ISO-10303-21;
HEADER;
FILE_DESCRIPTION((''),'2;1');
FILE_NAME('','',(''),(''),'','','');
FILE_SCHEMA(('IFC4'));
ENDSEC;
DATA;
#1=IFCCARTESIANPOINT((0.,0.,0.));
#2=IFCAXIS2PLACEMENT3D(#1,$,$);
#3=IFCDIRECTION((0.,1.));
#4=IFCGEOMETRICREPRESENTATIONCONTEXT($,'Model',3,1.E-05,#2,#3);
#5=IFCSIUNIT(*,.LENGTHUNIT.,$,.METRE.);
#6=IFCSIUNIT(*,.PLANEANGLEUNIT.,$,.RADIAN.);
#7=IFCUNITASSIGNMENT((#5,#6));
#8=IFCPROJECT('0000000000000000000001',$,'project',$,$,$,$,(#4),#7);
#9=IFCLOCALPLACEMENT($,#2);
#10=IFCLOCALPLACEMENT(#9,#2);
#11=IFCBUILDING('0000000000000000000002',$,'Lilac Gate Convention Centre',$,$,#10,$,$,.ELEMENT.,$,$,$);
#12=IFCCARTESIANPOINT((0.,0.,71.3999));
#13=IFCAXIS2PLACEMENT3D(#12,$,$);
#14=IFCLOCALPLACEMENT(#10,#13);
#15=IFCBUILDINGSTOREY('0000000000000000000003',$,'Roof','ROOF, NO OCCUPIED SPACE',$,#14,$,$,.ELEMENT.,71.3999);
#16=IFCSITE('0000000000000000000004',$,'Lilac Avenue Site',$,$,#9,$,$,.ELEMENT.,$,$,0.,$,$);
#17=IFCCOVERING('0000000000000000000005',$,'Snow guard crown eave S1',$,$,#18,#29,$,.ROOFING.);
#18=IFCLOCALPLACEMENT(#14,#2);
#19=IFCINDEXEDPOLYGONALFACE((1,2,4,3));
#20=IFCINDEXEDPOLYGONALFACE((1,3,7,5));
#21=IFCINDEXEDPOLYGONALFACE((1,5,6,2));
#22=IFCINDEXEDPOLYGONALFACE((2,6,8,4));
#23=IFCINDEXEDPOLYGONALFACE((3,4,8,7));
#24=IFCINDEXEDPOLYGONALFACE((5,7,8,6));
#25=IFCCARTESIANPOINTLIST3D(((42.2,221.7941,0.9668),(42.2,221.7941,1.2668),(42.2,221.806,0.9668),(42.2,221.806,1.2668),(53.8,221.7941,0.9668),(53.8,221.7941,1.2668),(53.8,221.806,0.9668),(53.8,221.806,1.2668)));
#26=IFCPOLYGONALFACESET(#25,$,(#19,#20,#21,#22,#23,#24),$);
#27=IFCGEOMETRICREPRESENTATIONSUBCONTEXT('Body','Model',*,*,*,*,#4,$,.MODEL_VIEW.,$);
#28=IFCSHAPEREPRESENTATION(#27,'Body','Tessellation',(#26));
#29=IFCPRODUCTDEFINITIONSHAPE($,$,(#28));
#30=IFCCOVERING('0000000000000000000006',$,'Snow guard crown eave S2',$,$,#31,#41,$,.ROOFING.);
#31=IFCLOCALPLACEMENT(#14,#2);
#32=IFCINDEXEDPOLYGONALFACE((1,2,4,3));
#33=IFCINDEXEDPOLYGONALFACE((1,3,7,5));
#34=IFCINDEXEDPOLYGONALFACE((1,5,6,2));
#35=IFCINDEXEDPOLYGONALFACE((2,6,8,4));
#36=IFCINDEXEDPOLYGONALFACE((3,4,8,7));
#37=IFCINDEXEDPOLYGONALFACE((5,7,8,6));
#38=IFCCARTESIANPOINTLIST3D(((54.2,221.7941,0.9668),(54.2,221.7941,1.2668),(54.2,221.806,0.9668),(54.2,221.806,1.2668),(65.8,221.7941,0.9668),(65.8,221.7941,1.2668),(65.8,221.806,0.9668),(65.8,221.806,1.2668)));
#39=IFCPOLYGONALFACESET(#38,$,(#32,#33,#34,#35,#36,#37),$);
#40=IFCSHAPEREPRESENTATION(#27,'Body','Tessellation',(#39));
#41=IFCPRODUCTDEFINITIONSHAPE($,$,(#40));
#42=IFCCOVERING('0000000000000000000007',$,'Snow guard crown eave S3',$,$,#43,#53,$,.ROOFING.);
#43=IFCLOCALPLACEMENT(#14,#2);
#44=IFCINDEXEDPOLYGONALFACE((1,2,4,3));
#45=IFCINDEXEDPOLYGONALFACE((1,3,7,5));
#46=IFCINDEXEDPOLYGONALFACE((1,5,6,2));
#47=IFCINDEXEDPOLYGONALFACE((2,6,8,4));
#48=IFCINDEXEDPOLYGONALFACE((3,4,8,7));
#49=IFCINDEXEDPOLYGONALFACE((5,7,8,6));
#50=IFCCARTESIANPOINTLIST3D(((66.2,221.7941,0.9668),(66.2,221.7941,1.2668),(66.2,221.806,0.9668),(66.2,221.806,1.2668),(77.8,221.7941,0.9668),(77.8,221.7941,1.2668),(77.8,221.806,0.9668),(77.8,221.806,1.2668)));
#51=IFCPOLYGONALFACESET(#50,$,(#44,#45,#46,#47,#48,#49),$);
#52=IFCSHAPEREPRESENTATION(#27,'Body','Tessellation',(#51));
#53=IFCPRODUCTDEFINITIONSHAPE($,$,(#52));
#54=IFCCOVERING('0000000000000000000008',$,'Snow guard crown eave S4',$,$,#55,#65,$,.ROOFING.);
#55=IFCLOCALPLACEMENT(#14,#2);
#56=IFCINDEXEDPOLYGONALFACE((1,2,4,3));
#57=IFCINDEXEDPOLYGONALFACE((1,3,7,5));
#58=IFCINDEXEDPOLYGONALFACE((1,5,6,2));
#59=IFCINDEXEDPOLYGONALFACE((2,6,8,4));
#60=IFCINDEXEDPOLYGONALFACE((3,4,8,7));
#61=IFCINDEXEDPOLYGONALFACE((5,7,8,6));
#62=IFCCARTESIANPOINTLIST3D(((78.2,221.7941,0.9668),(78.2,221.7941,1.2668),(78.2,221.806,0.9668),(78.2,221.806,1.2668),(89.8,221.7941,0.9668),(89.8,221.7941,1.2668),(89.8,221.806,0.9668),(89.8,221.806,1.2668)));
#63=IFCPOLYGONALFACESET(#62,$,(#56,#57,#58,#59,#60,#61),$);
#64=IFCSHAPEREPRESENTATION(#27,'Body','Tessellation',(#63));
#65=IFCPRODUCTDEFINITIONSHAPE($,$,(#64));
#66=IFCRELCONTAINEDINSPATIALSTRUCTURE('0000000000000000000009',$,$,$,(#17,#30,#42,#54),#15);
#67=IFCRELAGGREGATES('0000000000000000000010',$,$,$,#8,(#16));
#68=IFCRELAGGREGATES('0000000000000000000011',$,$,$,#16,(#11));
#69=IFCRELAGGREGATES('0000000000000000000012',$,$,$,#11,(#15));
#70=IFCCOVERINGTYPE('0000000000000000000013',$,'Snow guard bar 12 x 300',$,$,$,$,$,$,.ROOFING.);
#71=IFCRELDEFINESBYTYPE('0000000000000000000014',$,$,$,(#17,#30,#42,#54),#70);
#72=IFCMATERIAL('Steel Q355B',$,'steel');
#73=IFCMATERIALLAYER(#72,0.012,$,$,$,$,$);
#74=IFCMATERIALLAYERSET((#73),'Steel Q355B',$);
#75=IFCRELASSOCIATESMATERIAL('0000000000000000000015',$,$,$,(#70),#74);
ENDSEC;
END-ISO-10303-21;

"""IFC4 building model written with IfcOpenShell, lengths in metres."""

from ifc_helpers import new_model, si_unit, direction, frame, origin, origin_2d, place, context, subcontext, project, spatial, rectangle, extrude, material, layer, layer_set, type_object, element, save


model = new_model("IFC4")

# Units and contexts
model_context = context("Model", 3, precision=1e-05, world=origin(), true_north=direction((0.0, 1.0)))
body_context = subcontext(model_context, "Body", "Model", "MODEL_VIEW")
ifc_project = project(units=[si_unit("LENGTHUNIT", "METRE"), si_unit("PLANEANGLEUNIT", "RADIAN")], contexts=[model_context])

# Site, building, storey
site_placement = place(None, origin())
site = spatial("IfcSite", under=ifc_project, at=site_placement, Name="Lilac Avenue Site", CompositionType="ELEMENT", RefElevation=0.0)
building_placement = place(site_placement, origin())
building = spatial("IfcBuilding", under=site, at=building_placement, Name="Lilac Gate Convention Centre", CompositionType="ELEMENT")
storey_placement = place(building_placement, frame((0.0, 0.0, 71.3999)))
storey = spatial("IfcBuildingStorey", under=building, at=storey_placement, Name="Roof", Description="ROOF, NO OCCUPIED SPACE", CompositionType="ELEMENT", Elevation=71.3999)

# Shared definitions
ifc_material_1 = material(Name="Steel Q355B", Category="steel")

# Coverings
ifc_layer_1 = layer(ifc_material_1, 0.012)
ifc_layer_set_1 = layer_set([ifc_layer_1], Name="Steel Q355B")
covering_type = type_object("IfcCoveringType", Name="Snow guard bar 12 x 300", PredefinedType="ROOFING", material=ifc_layer_set_1)
for number, where, z_axis, x_axis, name in (
    (1, (48.0, 221.8, 0.9668), (0.0, 0.0, 1.0), (1.0, 0.0, 0.0), "Snow guard crown eave S1"),
    (2, (60.0, 221.8, 0.9668), (0.0, 0.0, 1.0), (1.0, 0.0, 0.0), "Snow guard crown eave S2"),
    (3, (72.0, 221.8, 0.9668), (0.0, 0.0, 1.0), (1.0, 0.0, 0.0), "Snow guard crown eave S3"),
    (4, (84.0, 221.8, 0.9668), (0.0, 0.0, 1.0), (1.0, 0.0, 0.0), "Snow guard crown eave S4"),
):
    element("IfcCovering", number, at=place(storey_placement, frame(where, z_axis=z_axis, x_axis=x_axis)), inside=storey, type_object=covering_type, Name=name, PredefinedType="ROOFING", context=body_context, shape_type="SweptSolid", body=[
        extrude(rectangle(XDim=11.6001, YDim=0.012, at=origin_2d()), origin(), (0.0, 0.0, 1.0), 0.3),
    ])

save(model, "model.ifc")
